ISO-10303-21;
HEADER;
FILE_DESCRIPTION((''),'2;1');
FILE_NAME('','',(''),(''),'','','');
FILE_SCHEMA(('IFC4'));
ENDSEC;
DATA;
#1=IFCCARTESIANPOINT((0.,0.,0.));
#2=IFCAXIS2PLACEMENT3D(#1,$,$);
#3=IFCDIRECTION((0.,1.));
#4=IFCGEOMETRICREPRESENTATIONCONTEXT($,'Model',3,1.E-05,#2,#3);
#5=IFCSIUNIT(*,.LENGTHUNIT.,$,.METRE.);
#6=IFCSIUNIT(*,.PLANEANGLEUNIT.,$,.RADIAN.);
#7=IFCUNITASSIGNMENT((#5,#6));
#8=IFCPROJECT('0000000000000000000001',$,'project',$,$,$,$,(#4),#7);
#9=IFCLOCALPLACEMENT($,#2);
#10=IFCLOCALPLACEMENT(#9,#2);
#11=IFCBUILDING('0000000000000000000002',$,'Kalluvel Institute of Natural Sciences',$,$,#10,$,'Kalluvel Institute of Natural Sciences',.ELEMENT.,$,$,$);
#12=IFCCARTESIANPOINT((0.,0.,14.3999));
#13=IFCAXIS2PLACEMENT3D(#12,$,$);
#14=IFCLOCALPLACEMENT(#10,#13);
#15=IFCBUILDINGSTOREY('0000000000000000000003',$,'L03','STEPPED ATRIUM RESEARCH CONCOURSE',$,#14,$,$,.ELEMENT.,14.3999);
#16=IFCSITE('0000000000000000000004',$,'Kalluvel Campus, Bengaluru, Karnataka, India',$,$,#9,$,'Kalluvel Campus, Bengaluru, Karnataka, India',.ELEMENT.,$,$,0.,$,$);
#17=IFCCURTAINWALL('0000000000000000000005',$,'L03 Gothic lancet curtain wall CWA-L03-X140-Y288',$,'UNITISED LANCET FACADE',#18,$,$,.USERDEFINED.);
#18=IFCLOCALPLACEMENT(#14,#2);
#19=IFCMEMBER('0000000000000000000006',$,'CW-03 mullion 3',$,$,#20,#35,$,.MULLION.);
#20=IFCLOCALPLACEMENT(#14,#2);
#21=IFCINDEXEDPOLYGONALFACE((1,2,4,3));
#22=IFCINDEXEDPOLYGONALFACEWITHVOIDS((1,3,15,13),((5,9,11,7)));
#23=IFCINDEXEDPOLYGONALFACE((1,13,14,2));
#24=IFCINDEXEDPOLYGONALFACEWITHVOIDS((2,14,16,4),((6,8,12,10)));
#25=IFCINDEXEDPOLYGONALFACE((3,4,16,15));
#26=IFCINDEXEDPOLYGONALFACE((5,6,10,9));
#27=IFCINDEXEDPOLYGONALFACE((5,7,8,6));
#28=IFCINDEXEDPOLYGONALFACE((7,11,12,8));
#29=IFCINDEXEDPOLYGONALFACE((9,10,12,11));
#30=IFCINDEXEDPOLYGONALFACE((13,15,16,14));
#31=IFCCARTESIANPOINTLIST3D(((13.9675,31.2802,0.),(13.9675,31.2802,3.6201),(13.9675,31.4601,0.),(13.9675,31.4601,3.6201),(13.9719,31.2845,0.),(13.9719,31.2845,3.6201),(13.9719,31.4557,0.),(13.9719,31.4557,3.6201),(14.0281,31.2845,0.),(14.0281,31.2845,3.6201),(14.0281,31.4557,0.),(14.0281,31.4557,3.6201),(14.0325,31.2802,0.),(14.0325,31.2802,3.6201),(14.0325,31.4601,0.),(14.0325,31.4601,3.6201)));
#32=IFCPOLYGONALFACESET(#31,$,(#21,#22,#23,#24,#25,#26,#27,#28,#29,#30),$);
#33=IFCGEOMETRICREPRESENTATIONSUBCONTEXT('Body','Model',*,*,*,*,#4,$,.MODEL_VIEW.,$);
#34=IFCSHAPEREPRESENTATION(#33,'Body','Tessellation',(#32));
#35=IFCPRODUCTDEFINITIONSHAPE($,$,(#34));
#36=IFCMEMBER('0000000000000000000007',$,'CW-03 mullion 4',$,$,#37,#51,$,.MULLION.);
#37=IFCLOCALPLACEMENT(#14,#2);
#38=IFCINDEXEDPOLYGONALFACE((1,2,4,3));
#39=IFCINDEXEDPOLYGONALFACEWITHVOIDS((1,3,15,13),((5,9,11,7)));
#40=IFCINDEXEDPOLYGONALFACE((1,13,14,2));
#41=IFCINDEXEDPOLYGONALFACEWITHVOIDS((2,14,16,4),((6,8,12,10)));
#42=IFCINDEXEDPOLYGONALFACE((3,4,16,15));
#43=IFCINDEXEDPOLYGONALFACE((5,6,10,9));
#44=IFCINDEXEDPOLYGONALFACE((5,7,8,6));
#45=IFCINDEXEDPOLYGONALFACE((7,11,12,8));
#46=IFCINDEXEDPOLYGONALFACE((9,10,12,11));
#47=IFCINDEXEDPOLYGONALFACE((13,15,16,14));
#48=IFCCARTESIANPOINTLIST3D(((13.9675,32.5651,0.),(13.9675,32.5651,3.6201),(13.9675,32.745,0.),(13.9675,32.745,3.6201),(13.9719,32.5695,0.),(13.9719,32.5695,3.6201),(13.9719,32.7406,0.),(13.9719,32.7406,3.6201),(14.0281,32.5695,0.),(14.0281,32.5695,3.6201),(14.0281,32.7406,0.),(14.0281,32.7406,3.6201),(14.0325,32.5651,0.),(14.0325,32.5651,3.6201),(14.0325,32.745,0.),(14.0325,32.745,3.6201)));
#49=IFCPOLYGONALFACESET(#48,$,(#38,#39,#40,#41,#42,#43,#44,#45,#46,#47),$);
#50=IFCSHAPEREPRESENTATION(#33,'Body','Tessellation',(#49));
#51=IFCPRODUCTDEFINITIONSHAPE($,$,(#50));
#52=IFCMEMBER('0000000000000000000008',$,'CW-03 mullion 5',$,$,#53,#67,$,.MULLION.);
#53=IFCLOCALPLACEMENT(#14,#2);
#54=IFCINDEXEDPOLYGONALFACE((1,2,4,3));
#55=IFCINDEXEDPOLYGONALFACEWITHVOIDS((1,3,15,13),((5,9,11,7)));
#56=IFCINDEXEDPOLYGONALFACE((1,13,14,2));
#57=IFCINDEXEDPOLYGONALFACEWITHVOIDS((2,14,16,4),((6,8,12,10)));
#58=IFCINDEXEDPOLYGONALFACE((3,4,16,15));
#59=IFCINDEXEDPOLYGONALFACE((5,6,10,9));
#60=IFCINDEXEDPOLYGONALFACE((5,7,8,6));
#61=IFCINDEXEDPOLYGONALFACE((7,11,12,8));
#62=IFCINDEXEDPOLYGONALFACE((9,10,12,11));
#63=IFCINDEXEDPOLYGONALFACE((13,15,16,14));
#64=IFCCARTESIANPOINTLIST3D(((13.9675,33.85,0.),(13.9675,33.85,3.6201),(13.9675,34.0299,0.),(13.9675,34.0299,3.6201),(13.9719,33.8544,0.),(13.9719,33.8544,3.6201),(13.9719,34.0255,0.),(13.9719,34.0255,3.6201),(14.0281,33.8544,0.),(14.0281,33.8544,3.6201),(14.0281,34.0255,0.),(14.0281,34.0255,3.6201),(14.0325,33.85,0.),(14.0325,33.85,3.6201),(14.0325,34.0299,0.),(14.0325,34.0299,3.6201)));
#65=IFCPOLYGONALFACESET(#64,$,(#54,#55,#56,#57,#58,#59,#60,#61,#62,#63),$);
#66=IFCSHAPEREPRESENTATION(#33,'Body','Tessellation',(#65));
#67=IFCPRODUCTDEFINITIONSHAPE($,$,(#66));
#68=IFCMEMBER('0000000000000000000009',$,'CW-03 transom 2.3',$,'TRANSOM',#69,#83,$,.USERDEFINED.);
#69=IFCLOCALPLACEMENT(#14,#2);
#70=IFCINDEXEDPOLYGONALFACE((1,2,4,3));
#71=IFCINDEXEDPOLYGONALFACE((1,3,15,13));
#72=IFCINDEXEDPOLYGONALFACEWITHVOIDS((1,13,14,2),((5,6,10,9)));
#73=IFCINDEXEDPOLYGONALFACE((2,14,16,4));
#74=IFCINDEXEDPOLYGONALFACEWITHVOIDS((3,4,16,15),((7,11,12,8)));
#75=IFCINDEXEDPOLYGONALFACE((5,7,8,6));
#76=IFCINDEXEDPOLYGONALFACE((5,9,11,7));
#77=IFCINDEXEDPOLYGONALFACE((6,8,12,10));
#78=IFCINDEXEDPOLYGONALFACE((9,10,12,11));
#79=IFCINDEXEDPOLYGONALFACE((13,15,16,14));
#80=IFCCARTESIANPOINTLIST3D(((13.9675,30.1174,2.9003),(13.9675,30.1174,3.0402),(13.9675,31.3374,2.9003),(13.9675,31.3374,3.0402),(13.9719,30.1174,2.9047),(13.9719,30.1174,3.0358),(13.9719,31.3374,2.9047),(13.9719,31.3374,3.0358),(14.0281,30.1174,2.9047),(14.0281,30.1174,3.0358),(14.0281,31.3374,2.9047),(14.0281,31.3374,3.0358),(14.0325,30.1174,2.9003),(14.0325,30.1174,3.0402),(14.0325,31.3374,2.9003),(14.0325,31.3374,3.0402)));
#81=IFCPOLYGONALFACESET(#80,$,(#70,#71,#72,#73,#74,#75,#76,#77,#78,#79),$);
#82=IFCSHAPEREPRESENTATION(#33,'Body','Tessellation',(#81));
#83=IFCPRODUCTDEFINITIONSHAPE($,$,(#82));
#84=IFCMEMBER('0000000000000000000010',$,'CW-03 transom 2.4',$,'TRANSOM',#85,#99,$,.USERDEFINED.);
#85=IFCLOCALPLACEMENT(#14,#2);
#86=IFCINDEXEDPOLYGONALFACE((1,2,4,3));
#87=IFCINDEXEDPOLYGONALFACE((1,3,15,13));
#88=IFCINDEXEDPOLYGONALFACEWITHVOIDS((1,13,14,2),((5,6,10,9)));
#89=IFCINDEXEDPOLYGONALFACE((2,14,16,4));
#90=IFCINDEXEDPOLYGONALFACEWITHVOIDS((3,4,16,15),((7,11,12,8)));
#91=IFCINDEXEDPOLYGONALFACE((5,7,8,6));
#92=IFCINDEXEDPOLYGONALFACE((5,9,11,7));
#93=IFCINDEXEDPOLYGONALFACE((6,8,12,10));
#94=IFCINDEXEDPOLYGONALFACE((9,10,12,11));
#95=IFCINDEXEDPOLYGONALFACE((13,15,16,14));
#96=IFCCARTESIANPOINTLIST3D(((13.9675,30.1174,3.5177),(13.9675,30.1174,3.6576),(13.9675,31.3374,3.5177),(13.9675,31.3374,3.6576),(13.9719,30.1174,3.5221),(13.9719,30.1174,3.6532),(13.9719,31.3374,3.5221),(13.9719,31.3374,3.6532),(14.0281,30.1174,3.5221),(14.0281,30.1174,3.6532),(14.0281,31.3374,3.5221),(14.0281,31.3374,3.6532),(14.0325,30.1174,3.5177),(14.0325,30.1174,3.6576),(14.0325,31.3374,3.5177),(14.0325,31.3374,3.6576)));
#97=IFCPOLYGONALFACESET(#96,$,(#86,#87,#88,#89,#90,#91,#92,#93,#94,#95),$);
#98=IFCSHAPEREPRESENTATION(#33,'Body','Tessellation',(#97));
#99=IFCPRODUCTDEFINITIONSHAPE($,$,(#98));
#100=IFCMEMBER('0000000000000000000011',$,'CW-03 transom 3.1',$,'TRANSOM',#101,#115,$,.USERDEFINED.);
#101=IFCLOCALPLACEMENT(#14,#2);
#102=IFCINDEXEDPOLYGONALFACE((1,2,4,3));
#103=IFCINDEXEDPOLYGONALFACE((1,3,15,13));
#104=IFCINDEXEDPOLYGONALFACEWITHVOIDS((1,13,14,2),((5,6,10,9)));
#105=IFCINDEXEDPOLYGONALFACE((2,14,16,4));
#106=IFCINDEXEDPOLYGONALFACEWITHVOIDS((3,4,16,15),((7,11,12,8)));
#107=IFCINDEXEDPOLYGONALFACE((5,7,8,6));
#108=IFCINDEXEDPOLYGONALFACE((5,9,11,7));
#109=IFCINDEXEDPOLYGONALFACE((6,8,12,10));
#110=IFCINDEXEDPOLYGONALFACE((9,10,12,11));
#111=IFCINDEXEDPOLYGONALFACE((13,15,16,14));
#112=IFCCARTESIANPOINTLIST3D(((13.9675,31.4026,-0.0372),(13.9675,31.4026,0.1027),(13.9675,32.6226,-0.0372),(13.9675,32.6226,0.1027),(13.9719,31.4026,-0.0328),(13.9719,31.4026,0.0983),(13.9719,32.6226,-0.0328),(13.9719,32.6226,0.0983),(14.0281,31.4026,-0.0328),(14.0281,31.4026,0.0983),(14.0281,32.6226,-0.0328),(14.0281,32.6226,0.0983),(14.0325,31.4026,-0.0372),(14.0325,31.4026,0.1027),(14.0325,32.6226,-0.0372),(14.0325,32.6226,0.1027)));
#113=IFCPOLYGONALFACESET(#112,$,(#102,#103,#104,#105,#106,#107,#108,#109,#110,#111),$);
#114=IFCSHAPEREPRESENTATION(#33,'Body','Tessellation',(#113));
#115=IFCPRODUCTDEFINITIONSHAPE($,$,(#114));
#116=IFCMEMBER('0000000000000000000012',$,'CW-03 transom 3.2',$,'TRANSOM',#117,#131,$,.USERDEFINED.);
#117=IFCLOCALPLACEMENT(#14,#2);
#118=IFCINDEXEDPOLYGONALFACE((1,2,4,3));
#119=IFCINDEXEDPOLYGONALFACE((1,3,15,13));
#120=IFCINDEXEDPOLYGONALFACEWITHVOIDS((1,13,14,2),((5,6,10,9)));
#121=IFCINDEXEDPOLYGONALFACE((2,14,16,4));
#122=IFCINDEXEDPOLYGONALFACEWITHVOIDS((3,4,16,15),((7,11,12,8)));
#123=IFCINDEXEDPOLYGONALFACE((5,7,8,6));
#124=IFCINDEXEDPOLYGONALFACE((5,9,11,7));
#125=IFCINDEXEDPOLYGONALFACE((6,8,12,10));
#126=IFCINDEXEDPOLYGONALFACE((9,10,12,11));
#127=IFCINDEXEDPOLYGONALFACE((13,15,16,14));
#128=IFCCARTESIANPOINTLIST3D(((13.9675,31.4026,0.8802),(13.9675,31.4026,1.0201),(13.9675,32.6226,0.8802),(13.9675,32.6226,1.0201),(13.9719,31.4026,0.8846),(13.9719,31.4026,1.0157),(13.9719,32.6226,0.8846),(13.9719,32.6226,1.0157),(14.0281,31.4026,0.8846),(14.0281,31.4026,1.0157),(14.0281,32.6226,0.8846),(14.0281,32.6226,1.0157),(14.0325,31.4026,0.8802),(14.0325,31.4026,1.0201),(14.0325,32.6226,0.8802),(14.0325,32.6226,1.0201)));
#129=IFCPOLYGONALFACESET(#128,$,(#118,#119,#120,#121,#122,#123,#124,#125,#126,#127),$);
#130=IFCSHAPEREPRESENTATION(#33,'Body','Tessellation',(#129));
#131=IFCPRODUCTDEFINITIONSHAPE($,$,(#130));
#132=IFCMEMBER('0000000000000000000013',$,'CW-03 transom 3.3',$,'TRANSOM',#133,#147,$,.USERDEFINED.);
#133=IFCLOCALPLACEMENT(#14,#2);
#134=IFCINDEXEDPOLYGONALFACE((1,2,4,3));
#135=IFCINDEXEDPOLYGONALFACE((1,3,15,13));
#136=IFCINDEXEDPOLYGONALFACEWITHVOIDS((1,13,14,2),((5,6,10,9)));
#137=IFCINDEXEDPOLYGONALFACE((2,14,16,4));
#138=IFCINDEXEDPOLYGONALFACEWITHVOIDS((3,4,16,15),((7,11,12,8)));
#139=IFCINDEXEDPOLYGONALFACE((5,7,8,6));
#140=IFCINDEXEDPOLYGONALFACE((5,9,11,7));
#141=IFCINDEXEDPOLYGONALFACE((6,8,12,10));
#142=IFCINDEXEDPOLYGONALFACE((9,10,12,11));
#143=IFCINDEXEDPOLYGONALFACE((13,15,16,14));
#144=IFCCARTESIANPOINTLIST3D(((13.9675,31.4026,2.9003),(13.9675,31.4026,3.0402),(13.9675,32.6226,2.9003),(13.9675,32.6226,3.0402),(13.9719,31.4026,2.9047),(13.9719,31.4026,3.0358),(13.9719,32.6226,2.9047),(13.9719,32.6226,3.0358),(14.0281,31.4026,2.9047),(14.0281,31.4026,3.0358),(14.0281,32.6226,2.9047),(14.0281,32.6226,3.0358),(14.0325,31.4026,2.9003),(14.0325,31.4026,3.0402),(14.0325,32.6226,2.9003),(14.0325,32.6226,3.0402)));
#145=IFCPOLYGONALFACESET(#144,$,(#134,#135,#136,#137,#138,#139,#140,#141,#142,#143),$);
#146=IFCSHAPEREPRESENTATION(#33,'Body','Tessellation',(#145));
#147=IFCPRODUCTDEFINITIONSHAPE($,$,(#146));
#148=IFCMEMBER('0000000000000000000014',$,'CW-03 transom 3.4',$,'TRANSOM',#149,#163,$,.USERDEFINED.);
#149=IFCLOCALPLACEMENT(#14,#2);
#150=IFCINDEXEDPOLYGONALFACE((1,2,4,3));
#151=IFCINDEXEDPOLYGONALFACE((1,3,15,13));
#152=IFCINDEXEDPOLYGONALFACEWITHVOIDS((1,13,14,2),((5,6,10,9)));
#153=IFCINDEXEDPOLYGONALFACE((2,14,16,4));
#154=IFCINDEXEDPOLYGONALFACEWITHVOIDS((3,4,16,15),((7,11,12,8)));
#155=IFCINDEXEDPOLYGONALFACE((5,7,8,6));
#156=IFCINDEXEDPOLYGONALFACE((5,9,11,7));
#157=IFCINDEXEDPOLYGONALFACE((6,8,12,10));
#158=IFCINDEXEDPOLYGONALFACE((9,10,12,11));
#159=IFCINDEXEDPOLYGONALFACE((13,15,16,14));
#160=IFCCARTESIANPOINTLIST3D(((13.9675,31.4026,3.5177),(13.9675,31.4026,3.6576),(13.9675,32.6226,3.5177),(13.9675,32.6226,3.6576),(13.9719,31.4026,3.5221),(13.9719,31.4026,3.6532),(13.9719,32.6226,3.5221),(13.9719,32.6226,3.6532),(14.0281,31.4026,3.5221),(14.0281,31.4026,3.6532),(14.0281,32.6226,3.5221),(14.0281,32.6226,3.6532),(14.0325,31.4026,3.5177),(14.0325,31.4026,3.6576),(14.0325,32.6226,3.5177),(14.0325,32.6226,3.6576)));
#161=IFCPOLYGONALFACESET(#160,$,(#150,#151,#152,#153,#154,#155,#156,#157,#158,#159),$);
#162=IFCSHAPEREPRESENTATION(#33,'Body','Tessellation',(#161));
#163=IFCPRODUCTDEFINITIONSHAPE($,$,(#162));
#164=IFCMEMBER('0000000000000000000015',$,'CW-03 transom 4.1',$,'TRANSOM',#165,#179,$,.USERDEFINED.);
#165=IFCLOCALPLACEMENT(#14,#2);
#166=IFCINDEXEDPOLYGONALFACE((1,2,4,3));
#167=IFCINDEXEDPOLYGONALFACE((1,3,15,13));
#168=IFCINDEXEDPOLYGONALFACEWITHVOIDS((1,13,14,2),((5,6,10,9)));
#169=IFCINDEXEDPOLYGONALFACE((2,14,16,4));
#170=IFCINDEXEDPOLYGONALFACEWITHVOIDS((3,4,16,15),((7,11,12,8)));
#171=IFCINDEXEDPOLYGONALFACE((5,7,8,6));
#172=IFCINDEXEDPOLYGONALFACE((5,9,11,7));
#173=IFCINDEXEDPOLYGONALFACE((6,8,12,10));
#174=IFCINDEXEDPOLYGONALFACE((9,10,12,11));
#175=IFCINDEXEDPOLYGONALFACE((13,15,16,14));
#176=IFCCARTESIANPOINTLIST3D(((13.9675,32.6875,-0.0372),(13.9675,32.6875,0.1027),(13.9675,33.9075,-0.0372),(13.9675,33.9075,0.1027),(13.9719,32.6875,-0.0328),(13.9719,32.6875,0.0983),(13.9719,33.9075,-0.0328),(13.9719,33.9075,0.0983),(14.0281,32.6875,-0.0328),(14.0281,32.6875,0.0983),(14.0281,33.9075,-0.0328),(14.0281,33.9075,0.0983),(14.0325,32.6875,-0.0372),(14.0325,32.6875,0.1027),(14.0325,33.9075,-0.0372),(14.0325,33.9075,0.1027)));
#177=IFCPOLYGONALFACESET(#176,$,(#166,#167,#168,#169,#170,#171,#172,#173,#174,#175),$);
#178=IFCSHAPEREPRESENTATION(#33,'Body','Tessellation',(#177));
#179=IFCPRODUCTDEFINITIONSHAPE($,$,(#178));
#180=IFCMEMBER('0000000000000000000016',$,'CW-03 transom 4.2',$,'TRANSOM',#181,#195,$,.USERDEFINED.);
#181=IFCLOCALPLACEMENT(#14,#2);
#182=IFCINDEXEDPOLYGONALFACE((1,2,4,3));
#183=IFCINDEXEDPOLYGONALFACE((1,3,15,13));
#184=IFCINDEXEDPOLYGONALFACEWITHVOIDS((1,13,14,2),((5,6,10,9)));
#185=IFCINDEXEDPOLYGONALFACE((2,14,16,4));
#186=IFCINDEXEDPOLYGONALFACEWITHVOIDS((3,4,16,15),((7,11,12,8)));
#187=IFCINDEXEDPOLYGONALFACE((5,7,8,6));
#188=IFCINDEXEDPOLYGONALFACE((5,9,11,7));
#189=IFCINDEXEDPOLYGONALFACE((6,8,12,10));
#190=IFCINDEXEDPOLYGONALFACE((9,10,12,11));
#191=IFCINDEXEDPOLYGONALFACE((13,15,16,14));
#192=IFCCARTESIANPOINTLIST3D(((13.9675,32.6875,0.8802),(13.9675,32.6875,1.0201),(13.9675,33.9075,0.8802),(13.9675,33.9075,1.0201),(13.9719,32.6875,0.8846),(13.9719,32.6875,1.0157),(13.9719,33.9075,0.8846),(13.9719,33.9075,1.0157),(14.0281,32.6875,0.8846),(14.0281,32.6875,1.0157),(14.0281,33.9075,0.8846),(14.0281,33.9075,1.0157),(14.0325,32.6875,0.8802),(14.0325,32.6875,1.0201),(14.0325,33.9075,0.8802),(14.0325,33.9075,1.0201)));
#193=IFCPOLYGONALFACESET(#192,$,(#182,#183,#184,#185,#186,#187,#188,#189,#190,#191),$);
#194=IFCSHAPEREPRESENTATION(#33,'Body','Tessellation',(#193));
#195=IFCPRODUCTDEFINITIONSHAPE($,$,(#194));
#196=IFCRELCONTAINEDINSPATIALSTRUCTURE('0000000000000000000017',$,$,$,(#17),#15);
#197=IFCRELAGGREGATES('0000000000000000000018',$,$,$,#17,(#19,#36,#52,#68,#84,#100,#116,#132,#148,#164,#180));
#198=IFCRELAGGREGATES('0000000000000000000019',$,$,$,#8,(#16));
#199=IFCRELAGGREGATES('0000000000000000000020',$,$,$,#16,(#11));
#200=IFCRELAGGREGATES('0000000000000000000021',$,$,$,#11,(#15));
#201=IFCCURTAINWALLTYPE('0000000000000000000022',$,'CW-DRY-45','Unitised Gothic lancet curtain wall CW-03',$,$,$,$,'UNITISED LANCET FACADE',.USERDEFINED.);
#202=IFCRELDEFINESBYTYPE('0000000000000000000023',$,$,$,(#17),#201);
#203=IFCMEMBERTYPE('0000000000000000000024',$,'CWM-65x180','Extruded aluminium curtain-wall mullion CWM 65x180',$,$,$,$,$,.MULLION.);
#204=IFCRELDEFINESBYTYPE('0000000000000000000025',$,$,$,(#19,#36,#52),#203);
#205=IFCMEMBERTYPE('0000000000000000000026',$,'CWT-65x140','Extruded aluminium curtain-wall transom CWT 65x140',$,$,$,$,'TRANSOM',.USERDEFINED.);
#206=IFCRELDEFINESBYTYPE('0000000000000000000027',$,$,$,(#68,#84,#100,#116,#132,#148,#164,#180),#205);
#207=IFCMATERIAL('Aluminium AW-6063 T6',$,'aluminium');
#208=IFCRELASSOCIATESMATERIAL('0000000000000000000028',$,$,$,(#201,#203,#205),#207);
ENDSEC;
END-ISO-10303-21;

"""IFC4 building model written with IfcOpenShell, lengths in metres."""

from ifc_helpers import new_model, si_unit, direction, frame, origin, origin_2d, place, context, subcontext, project, spatial, hollow_rectangle, extrude, material, material_profile, profile_set, type_object, element, aggregate, save


model = new_model("IFC4")

# Units and contexts
model_context = context("Model", 3, precision=1e-05, world=origin(), true_north=direction((0.0, 1.0)))
body_context = subcontext(model_context, "Body", "Model", "MODEL_VIEW")
ifc_project = project(units=[si_unit("LENGTHUNIT", "METRE"), si_unit("PLANEANGLEUNIT", "RADIAN")], contexts=[model_context])

# Site, building, storey
site_placement = place(None, origin())
site = spatial("IfcSite", under=ifc_project, at=site_placement, Name="Kalluvel Campus, Bengaluru, Karnataka, India", LongName="Kalluvel Campus, Bengaluru, Karnataka, India", CompositionType="ELEMENT", RefElevation=0.0)
building_placement = place(site_placement, origin())
building = spatial("IfcBuilding", under=site, at=building_placement, Name="Kalluvel Institute of Natural Sciences", LongName="Kalluvel Institute of Natural Sciences", CompositionType="ELEMENT")
storey_placement = place(building_placement, frame((0.0, 0.0, 14.3999)))
storey = spatial("IfcBuildingStorey", under=building, at=storey_placement, Name="L03", Description="STEPPED ATRIUM RESEARCH CONCOURSE", CompositionType="ELEMENT", Elevation=14.3999)

# Curtain wall, members
ifc_material_1 = material(Name="Aluminium AW-6063 T6", Category="aluminium")
curtain_wall_type = type_object("IfcCurtainWallType", Name="CW-DRY-45", Description="Unitised Gothic lancet curtain wall CW-03", ElementType="UNITISED LANCET FACADE", PredefinedType="USERDEFINED", material=ifc_material_1)
curtain_wall_placement = place(storey_placement, origin())
curtain_wall = element("IfcCurtainWall", 1, at=curtain_wall_placement, inside=storey, type_object=curtain_wall_type, Name="L03 Gothic lancet curtain wall CWA-L03-X140-Y288", ObjectType="UNITISED LANCET FACADE", PredefinedType="USERDEFINED")
ifc_material_profile_1 = material_profile(ifc_material_1, hollow_rectangle(XDim=0.0649, YDim=0.1799, WallThickness=0.0044, at=origin_2d()), Name="CWM 65x180")
ifc_profile_set_1 = profile_set([ifc_material_profile_1], Name="Aluminium AW-6063 T6")
member_type_1 = type_object("IfcMemberType", Name="CWM-65x180", Description="Extruded aluminium curtain-wall mullion CWM 65x180", PredefinedType="MULLION", material=ifc_profile_set_1)
member_1_placement = place(storey_placement, frame((14.0, 31.3701, 0.0), z_axis=(0.0, 0.0, 1.0), x_axis=(-1.0, 0.0, 0.0)))
member_1 = element("IfcMember", 2, at=member_1_placement, type_object=member_type_1, Name="CW-03 mullion 3", PredefinedType="MULLION", context=body_context, shape_type="SweptSolid", body=[
    extrude(hollow_rectangle(XDim=0.0649, YDim=0.1799, WallThickness=0.0044, at=origin_2d()), origin(), (0.0, 0.0, 1.0), 3.6201),
])
member_2_placement = place(storey_placement, frame((14.0, 32.655, 0.0), z_axis=(0.0, 0.0, 1.0), x_axis=(-1.0, 0.0, 0.0)))
member_2 = element("IfcMember", 3, at=member_2_placement, type_object=member_type_1, Name="CW-03 mullion 4", PredefinedType="MULLION", context=body_context, shape_type="SweptSolid", body=[
    extrude(hollow_rectangle(XDim=0.0649, YDim=0.1799, WallThickness=0.0044, at=origin_2d()), origin(), (0.0, 0.0, 1.0), 3.6201),
])
member_3_placement = place(storey_placement, frame((14.0, 33.9399, 0.0), z_axis=(0.0, 0.0, 1.0), x_axis=(-1.0, 0.0, 0.0)))
member_3 = element("IfcMember", 4, at=member_3_placement, type_object=member_type_1, Name="CW-03 mullion 5", PredefinedType="MULLION", context=body_context, shape_type="SweptSolid", body=[
    extrude(hollow_rectangle(XDim=0.0649, YDim=0.1799, WallThickness=0.0044, at=origin_2d()), origin(), (0.0, 0.0, 1.0), 3.6201),
])
ifc_material_profile_2 = material_profile(ifc_material_1, hollow_rectangle(XDim=0.0649, YDim=0.1399, WallThickness=0.0044, at=origin_2d()), Name="CWT 65x140")
ifc_profile_set_2 = profile_set([ifc_material_profile_2], Name="Aluminium AW-6063 T6")
member_type_2 = type_object("IfcMemberType", Name="CWT-65x140", Description="Extruded aluminium curtain-wall transom CWT 65x140", ElementType="TRANSOM", PredefinedType="USERDEFINED", material=ifc_profile_set_2)
member_4_placement = place(storey_placement, frame((14.0, 30.1174, 2.9702), z_axis=(0.0, 1.0, 0.0), x_axis=(-1.0, 0.0, 0.0)))
member_4 = element("IfcMember", 5, at=member_4_placement, type_object=member_type_2, Name="CW-03 transom 2.3", ObjectType="TRANSOM", PredefinedType="USERDEFINED", context=body_context, shape_type="SweptSolid", body=[
    extrude(hollow_rectangle(XDim=0.0649, YDim=0.1399, WallThickness=0.0044, at=origin_2d()), origin(), (0.0, 0.0, 1.0), 1.22),
])
member_5_placement = place(storey_placement, frame((14.0, 30.1174, 3.5876), z_axis=(0.0, 1.0, 0.0), x_axis=(-1.0, 0.0, 0.0)))
member_5 = element("IfcMember", 6, at=member_5_placement, type_object=member_type_2, Name="CW-03 transom 2.4", ObjectType="TRANSOM", PredefinedType="USERDEFINED", context=body_context, shape_type="SweptSolid", body=[
    extrude(hollow_rectangle(XDim=0.0649, YDim=0.1399, WallThickness=0.0044, at=origin_2d()), origin(), (0.0, 0.0, 1.0), 1.22),
])
member_6_placement = place(storey_placement, frame((14.0, 31.4026, 0.0327), z_axis=(0.0, 1.0, 0.0), x_axis=(-1.0, 0.0, 0.0)))
member_6 = element("IfcMember", 7, at=member_6_placement, type_object=member_type_2, Name="CW-03 transom 3.1", ObjectType="TRANSOM", PredefinedType="USERDEFINED", context=body_context, shape_type="SweptSolid", body=[
    extrude(hollow_rectangle(XDim=0.0649, YDim=0.1399, WallThickness=0.0044, at=origin_2d()), origin(), (0.0, 0.0, 1.0), 1.22),
])
member_7_placement = place(storey_placement, frame((14.0, 31.4026, 0.9502), z_axis=(0.0, 1.0, 0.0), x_axis=(-1.0, 0.0, 0.0)))
member_7 = element("IfcMember", 8, at=member_7_placement, type_object=member_type_2, Name="CW-03 transom 3.2", ObjectType="TRANSOM", PredefinedType="USERDEFINED", context=body_context, shape_type="SweptSolid", body=[
    extrude(hollow_rectangle(XDim=0.0649, YDim=0.1399, WallThickness=0.0044, at=origin_2d()), origin(), (0.0, 0.0, 1.0), 1.22),
])
member_8_placement = place(storey_placement, frame((14.0, 31.4026, 2.9702), z_axis=(0.0, 1.0, 0.0), x_axis=(-1.0, 0.0, 0.0)))
member_8 = element("IfcMember", 9, at=member_8_placement, type_object=member_type_2, Name="CW-03 transom 3.3", ObjectType="TRANSOM", PredefinedType="USERDEFINED", context=body_context, shape_type="SweptSolid", body=[
    extrude(hollow_rectangle(XDim=0.0649, YDim=0.1399, WallThickness=0.0044, at=origin_2d()), origin(), (0.0, 0.0, 1.0), 1.22),
])
member_9_placement = place(storey_placement, frame((14.0, 31.4026, 3.5876), z_axis=(0.0, 1.0, 0.0), x_axis=(-1.0, 0.0, 0.0)))
member_9 = element("IfcMember", 10, at=member_9_placement, type_object=member_type_2, Name="CW-03 transom 3.4", ObjectType="TRANSOM", PredefinedType="USERDEFINED", context=body_context, shape_type="SweptSolid", body=[
    extrude(hollow_rectangle(XDim=0.0649, YDim=0.1399, WallThickness=0.0044, at=origin_2d()), origin(), (0.0, 0.0, 1.0), 1.22),
])
member_10_placement = place(storey_placement, frame((14.0, 32.6875, 0.0327), z_axis=(0.0, 1.0, 0.0), x_axis=(-1.0, 0.0, 0.0)))
member_10 = element("IfcMember", 11, at=member_10_placement, type_object=member_type_2, Name="CW-03 transom 4.1", ObjectType="TRANSOM", PredefinedType="USERDEFINED", context=body_context, shape_type="SweptSolid", body=[
    extrude(hollow_rectangle(XDim=0.0649, YDim=0.1399, WallThickness=0.0044, at=origin_2d()), origin(), (0.0, 0.0, 1.0), 1.22),
])
member_11_placement = place(storey_placement, frame((14.0, 32.6875, 0.9502), z_axis=(0.0, 1.0, 0.0), x_axis=(-1.0, 0.0, 0.0)))
member_11 = element("IfcMember", 12, at=member_11_placement, type_object=member_type_2, Name="CW-03 transom 4.2", ObjectType="TRANSOM", PredefinedType="USERDEFINED", context=body_context, shape_type="SweptSolid", body=[
    extrude(hollow_rectangle(XDim=0.0649, YDim=0.1399, WallThickness=0.0044, at=origin_2d()), origin(), (0.0, 0.0, 1.0), 1.22),
])
aggregate(curtain_wall, [member_1, member_2, member_3, member_4, member_5, member_6, member_7, member_8, member_9, member_10, member_11])

save(model, "model.ifc")
